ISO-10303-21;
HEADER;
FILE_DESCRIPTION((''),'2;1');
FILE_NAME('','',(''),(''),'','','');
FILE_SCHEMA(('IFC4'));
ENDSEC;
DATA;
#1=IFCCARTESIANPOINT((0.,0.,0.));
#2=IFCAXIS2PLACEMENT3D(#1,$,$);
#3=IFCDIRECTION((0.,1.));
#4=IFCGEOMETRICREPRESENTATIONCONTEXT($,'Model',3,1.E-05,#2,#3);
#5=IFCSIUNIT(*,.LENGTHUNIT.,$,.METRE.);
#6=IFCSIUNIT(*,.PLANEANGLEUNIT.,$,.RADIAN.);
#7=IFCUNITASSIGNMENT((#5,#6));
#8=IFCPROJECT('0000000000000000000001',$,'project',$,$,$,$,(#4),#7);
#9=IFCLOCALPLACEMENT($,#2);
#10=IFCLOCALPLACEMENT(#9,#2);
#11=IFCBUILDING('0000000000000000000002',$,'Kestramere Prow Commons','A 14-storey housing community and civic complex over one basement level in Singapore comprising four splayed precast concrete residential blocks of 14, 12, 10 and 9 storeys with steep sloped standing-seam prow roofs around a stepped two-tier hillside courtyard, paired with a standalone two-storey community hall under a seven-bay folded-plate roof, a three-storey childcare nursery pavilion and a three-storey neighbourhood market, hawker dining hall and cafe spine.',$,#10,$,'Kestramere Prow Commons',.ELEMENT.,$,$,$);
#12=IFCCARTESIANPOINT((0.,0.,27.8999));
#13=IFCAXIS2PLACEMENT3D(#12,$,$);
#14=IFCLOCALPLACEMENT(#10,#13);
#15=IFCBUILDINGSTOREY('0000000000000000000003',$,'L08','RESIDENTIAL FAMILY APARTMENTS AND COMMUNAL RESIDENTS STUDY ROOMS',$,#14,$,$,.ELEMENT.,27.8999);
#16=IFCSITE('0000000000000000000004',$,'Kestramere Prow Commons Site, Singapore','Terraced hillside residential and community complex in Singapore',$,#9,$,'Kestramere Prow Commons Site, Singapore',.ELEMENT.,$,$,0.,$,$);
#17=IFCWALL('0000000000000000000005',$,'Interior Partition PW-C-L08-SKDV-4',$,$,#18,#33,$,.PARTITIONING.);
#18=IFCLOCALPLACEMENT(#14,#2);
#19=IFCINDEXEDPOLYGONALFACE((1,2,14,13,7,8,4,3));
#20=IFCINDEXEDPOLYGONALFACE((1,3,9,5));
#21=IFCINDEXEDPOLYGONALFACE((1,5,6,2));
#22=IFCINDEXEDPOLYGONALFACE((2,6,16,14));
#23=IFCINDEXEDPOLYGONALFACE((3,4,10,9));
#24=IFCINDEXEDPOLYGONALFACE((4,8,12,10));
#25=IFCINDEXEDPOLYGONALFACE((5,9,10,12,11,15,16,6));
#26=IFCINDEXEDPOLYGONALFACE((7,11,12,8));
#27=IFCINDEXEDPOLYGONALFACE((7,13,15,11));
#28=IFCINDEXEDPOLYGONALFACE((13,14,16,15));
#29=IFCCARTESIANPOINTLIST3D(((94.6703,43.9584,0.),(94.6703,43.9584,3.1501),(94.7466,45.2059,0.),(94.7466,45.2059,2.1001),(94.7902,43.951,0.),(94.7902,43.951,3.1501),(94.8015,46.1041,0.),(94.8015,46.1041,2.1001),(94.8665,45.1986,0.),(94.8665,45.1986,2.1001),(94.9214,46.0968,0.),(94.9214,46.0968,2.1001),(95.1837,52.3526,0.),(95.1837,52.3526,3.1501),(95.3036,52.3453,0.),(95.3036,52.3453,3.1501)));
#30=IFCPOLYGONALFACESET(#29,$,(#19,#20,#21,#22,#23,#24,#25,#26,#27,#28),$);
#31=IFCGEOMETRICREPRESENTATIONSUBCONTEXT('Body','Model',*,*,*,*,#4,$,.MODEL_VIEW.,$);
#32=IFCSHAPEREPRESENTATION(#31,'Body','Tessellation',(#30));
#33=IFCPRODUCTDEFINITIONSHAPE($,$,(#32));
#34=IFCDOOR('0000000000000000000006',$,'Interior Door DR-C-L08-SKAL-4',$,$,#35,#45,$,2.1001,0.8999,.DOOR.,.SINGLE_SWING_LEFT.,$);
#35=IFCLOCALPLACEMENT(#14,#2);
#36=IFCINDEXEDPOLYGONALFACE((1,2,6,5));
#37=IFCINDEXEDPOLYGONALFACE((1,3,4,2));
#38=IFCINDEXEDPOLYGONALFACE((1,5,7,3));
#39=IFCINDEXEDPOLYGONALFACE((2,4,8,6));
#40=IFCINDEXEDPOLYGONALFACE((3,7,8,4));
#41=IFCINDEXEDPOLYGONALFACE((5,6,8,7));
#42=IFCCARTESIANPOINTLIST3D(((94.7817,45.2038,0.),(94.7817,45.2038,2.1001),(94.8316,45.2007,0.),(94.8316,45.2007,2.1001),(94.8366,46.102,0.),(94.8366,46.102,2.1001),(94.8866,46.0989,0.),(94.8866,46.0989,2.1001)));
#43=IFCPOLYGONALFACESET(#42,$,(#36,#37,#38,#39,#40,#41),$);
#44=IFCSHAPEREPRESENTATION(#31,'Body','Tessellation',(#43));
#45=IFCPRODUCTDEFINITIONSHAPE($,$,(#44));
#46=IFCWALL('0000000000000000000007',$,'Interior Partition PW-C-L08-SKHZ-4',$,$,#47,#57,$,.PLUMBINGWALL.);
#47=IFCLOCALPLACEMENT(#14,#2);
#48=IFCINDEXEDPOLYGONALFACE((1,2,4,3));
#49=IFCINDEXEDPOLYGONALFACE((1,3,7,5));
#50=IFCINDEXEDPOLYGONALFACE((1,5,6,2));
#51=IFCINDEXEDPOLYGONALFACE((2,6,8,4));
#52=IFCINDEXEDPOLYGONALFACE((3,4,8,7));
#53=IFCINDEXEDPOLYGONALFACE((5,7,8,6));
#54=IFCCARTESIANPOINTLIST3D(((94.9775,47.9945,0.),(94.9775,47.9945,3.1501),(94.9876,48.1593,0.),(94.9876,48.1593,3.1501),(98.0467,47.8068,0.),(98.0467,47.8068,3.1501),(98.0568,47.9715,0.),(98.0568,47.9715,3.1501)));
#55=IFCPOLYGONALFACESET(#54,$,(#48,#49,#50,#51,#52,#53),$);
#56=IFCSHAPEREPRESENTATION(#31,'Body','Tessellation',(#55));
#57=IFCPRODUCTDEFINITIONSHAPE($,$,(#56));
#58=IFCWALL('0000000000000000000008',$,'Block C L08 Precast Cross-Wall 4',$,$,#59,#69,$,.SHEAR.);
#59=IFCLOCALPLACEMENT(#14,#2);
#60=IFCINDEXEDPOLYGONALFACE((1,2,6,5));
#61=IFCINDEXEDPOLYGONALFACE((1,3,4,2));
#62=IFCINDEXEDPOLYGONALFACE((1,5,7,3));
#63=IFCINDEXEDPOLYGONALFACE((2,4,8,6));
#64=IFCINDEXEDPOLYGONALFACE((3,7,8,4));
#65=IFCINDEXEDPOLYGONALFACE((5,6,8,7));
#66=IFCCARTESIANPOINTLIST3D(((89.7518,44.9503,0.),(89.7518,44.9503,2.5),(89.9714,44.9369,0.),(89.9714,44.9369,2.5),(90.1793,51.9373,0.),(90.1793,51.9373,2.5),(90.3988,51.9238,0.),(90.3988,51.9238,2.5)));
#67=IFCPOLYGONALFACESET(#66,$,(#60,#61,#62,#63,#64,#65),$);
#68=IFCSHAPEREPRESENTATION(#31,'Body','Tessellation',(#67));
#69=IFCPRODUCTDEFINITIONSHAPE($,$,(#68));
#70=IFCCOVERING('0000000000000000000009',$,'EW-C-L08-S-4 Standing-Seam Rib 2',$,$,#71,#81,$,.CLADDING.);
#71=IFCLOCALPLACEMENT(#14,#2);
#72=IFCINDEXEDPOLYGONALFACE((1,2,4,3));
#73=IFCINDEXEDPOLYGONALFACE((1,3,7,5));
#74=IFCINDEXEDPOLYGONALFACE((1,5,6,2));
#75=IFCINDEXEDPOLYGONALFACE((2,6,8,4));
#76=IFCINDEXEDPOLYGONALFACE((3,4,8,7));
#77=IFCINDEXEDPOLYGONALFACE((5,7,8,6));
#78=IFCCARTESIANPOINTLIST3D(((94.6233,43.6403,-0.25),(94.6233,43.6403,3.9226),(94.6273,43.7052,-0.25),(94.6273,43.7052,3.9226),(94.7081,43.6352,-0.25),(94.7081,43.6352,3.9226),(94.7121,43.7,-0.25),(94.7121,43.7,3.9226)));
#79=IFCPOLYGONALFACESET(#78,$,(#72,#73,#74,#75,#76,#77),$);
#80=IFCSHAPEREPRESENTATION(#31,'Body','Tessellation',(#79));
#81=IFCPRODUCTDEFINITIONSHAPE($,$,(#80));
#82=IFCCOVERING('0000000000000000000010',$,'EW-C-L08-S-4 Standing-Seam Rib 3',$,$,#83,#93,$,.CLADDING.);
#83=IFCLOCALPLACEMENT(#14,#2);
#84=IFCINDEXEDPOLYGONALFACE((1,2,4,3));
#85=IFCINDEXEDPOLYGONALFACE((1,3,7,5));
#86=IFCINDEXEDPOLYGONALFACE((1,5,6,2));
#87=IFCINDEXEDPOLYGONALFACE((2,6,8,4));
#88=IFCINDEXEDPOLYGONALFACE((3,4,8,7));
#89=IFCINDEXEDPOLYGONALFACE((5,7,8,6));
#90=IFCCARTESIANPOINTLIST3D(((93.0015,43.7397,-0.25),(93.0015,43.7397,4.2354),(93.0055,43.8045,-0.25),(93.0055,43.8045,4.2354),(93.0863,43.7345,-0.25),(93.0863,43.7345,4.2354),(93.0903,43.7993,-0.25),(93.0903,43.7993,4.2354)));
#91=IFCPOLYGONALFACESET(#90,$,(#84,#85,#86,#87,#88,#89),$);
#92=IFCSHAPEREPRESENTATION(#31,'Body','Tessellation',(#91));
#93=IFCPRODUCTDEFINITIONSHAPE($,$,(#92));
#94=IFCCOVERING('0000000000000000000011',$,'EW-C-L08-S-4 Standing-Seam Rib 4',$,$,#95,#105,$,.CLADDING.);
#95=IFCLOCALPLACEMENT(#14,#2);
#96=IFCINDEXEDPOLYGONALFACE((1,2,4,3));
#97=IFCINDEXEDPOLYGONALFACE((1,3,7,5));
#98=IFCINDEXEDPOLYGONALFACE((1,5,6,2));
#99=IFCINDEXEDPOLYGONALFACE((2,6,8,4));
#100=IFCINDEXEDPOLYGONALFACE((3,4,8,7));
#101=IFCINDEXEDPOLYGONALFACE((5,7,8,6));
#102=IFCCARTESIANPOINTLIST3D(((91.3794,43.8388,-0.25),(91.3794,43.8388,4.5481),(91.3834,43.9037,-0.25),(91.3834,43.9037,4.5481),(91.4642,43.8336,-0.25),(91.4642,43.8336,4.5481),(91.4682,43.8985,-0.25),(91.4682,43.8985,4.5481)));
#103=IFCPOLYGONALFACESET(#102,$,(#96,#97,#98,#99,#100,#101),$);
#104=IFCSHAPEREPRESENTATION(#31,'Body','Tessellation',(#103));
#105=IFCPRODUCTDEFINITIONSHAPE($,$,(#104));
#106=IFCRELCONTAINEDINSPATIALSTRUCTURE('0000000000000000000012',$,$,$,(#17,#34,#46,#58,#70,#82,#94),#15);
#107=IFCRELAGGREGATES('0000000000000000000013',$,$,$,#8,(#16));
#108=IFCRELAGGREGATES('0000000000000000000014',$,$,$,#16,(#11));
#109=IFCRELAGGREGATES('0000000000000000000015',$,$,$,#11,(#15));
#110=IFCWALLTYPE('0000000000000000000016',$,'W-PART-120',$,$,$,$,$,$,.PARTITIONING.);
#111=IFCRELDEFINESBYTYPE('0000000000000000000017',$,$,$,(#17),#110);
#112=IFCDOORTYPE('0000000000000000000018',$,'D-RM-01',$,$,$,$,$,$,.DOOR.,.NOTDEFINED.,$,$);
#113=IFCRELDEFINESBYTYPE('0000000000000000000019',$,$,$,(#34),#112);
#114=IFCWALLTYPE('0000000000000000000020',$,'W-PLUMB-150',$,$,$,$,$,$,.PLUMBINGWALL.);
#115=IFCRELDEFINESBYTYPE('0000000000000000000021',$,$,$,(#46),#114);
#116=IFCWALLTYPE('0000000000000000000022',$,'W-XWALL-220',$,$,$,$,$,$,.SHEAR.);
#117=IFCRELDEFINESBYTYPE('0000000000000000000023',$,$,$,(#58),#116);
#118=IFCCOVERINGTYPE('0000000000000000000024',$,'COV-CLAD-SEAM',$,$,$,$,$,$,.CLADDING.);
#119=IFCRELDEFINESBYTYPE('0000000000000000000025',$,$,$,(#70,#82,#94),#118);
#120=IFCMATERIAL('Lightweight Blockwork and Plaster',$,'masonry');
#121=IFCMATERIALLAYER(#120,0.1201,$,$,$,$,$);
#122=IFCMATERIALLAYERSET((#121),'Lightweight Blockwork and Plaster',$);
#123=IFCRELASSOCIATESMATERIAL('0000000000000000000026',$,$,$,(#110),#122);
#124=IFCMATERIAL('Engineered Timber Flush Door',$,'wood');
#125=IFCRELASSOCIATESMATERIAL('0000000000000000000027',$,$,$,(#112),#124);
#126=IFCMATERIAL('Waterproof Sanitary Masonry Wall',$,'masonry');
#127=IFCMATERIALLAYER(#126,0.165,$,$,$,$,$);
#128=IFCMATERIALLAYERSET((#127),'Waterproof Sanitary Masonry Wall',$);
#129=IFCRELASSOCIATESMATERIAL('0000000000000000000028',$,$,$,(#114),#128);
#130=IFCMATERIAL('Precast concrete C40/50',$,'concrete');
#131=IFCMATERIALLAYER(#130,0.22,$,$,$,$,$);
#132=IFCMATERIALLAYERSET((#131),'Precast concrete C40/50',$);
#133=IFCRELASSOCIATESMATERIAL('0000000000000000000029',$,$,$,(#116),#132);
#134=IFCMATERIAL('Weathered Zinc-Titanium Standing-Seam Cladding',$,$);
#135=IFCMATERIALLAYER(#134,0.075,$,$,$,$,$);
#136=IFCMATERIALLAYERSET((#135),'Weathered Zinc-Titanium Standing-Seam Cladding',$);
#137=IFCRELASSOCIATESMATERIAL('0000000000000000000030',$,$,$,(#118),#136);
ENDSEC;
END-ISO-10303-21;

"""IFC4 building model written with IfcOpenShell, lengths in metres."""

from ifc_helpers import new_model, si_unit, direction, frame, frame_2d, origin, origin_2d, place, context, subcontext, project, spatial, rectangle, extrude, material, layer, layer_set, type_object, element, fill, save


model = new_model("IFC4")

# Units and contexts
model_context = context("Model", 3, precision=1e-05, world=origin(), true_north=direction((0.0, 1.0)))
body_context = subcontext(model_context, "Body", "Model", "MODEL_VIEW")
ifc_project = project(units=[si_unit("LENGTHUNIT", "METRE"), si_unit("PLANEANGLEUNIT", "RADIAN")], contexts=[model_context])

# Site, building, storey
site_placement = place(None, origin())
site = spatial("IfcSite", under=ifc_project, at=site_placement, Name="Kestramere Prow Commons Site, Singapore", Description="Terraced hillside residential and community complex in Singapore", LongName="Kestramere Prow Commons Site, Singapore", CompositionType="ELEMENT", RefElevation=0.0)
building_placement = place(site_placement, origin())
building = spatial("IfcBuilding", under=site, at=building_placement, Name="Kestramere Prow Commons", Description="A 14-storey housing community and civic complex over one basement level in Singapore comprising four splayed precast concrete residential blocks of 14, 12, 10 and 9 storeys with steep sloped standing-seam prow roofs around a stepped two-tier hillside courtyard, paired with a standalone two-storey community hall under a seven-bay folded-plate roof, a three-storey childcare nursery pavilion and a three-storey neighbourhood market, hawker dining hall and cafe spine.", LongName="Kestramere Prow Commons", CompositionType="ELEMENT")
storey_placement = place(building_placement, frame((0.0, 0.0, 27.8999)))
storey = spatial("IfcBuildingStorey", under=building, at=storey_placement, Name="L08", Description="RESIDENTIAL FAMILY APARTMENTS AND COMMUNAL RESIDENTS STUDY ROOMS", CompositionType="ELEMENT", Elevation=27.8999)

# Shared definitions
ifc_material_1 = material(Name="Precast concrete C40/50", Category="concrete")

# Wall, opening, door
ifc_material_2 = material(Name="Lightweight Blockwork and Plaster", Category="masonry")
ifc_layer_1 = layer(ifc_material_2, 0.1201)
ifc_layer_set_1 = layer_set([ifc_layer_1], Name="Lightweight Blockwork and Plaster")
wall_type_1 = type_object("IfcWallType", Name="W-PART-120", PredefinedType="PARTITIONING", material=ifc_layer_set_1)
wall_1_placement = place(storey_placement, frame((94.7302, 43.9546, 0.0), z_axis=(0.0, 0.0, 1.0), x_axis=(0.06105, 0.998135, 0.0)))
wall_1 = element("IfcWall", 1, at=wall_1_placement, inside=storey, type_object=wall_type_1, Name="Interior Partition PW-C-L08-SKDV-4", PredefinedType="PARTITIONING", context=body_context, shape_type="SweptSolid", body=[
    extrude(rectangle(XDim=8.4099, YDim=0.1201, at=frame_2d((4.2051, 0.0))), origin(), (0.0, 0.0, 1.0), 3.1501),
])
opening_1_placement = place(wall_1_placement, frame((1.25, 0.0, 0.0)))
opening_1 = element("IfcOpeningElement", 2, at=opening_1_placement, cuts=wall_1, PredefinedType="OPENING", context=body_context, shape_type="SweptSolid", body=[
    extrude(rectangle(XDim=0.8999, YDim=2.1001, at=frame_2d((0.45, 1.05))), frame((0.0, 0.075, 0.0), z_axis=(0.0, -1.0, 0.0), x_axis=(1.0, 0.0, 0.0)), (0.0, 0.0, 1.0), 0.1501),
])
ifc_material_3 = material(Name="Engineered Timber Flush Door", Category="wood")
door_type_1 = type_object("IfcDoorType", Name="D-RM-01", OperationType="NOTDEFINED", PredefinedType="DOOR", material=ifc_material_3)
door_1_placement = place(opening_1_placement, origin())
door_1 = element("IfcDoor", 3, at=door_1_placement, inside=storey, type_object=door_type_1, Name="Interior Door DR-C-L08-SKAL-4", OperationType="SINGLE_SWING_LEFT", OverallHeight=2.1001, OverallWidth=0.8999, PredefinedType="DOOR", context=body_context, shape_type="SweptSolid", body=[
    extrude(rectangle(XDim=0.8999, YDim=2.1001, at=frame_2d((0.45, 1.05))), frame((0.0, 0.0249, 0.0), z_axis=(0.0, -1.0, 0.0), x_axis=(1.0, 0.0, 0.0)), (0.0, 0.0, 1.0), 0.05),
])
fill(opening_1, door_1)
ifc_material_4 = material(Name="Waterproof Sanitary Masonry Wall", Category="masonry")
ifc_layer_2 = layer(ifc_material_4, 0.165)
ifc_layer_set_2 = layer_set([ifc_layer_2], Name="Waterproof Sanitary Masonry Wall")
wall_type_2 = type_object("IfcWallType", Name="W-PLUMB-150", PredefinedType="PLUMBINGWALL", material=ifc_layer_set_2)

# Walls
wall_2_placement = place(storey_placement, frame((94.9824, 48.0769, 0.0), z_axis=(0.0, 0.0, 1.0), x_axis=(0.998134, -0.061054, 0.0)))
element("IfcWall", 4, at=wall_2_placement, inside=storey, type_object=wall_type_2, Name="Interior Partition PW-C-L08-SKHZ-4", PredefinedType="PLUMBINGWALL", context=body_context, shape_type="SweptSolid", body=[
    extrude(rectangle(XDim=3.075, YDim=0.165, at=frame_2d((1.5376, 0.0))), origin(), (0.0, 0.0, 1.0), 3.1501),
])
ifc_layer_3 = layer(ifc_material_1, 0.22)
ifc_layer_set_3 = layer_set([ifc_layer_3], Name="Precast concrete C40/50")
wall_type_3 = type_object("IfcWallType", Name="W-XWALL-220", PredefinedType="SHEAR", material=ifc_layer_set_3)
wall_3_placement = place(storey_placement, frame((89.8616, 44.9436, 0.0), z_axis=(0.0, 0.0, 1.0), x_axis=(0.061071, 0.998133, 0.0)))
element("IfcWall", 5, at=wall_3_placement, inside=storey, type_object=wall_type_3, Name="Block C L08 Precast Cross-Wall 4", PredefinedType="SHEAR", context=body_context, shape_type="SweptSolid", body=[
    extrude(rectangle(XDim=7.0, YDim=0.22, at=frame_2d((3.5, 0.0))), origin(), (0.0, 0.0, 1.0), 2.5),
])

# Coverings
ifc_material_5 = material(Name="Weathered Zinc-Titanium Standing-Seam Cladding")
ifc_layer_4 = layer(ifc_material_5, 0.075)
ifc_layer_set_4 = layer_set([ifc_layer_4], Name="Weathered Zinc-Titanium Standing-Seam Cladding")
covering_type = type_object("IfcCoveringType", Name="COV-CLAD-SEAM", PredefinedType="CLADDING", material=ifc_layer_set_4)
covering_1_placement = place(storey_placement, frame((94.6677, 43.6702, -0.25), z_axis=(0.0, 0.0, 1.0), x_axis=(-0.998135, 0.061049, 0.0)))
element("IfcCovering", 6, at=covering_1_placement, inside=storey, type_object=covering_type, Name="EW-C-L08-S-4 Standing-Seam Rib 2", PredefinedType="CLADDING", context=body_context, shape_type="SweptSolid", body=[
    extrude(rectangle(XDim=0.085, YDim=0.0649, at=origin_2d()), origin(), (0.0, 0.0, 1.0), 4.1726),
])
covering_2_placement = place(storey_placement, frame((93.0459, 43.7695, -0.25), z_axis=(0.0, 0.0, 1.0), x_axis=(-0.998135, 0.061049, 0.0)))
element("IfcCovering", 7, at=covering_2_placement, inside=storey, type_object=covering_type, Name="EW-C-L08-S-4 Standing-Seam Rib 3", PredefinedType="CLADDING", context=body_context, shape_type="SweptSolid", body=[
    extrude(rectangle(XDim=0.085, YDim=0.0649, at=origin_2d()), origin(), (0.0, 0.0, 1.0), 4.4854),
])
covering_3_placement = place(storey_placement, frame((91.4238, 43.8687, -0.25), z_axis=(0.0, 0.0, 1.0), x_axis=(-0.998135, 0.061049, 0.0)))
element("IfcCovering", 8, at=covering_3_placement, inside=storey, type_object=covering_type, Name="EW-C-L08-S-4 Standing-Seam Rib 4", PredefinedType="CLADDING", context=body_context, shape_type="SweptSolid", body=[
    extrude(rectangle(XDim=0.085, YDim=0.0649, at=origin_2d()), origin(), (0.0, 0.0, 1.0), 4.7981),
])

save(model, "model.ifc")
